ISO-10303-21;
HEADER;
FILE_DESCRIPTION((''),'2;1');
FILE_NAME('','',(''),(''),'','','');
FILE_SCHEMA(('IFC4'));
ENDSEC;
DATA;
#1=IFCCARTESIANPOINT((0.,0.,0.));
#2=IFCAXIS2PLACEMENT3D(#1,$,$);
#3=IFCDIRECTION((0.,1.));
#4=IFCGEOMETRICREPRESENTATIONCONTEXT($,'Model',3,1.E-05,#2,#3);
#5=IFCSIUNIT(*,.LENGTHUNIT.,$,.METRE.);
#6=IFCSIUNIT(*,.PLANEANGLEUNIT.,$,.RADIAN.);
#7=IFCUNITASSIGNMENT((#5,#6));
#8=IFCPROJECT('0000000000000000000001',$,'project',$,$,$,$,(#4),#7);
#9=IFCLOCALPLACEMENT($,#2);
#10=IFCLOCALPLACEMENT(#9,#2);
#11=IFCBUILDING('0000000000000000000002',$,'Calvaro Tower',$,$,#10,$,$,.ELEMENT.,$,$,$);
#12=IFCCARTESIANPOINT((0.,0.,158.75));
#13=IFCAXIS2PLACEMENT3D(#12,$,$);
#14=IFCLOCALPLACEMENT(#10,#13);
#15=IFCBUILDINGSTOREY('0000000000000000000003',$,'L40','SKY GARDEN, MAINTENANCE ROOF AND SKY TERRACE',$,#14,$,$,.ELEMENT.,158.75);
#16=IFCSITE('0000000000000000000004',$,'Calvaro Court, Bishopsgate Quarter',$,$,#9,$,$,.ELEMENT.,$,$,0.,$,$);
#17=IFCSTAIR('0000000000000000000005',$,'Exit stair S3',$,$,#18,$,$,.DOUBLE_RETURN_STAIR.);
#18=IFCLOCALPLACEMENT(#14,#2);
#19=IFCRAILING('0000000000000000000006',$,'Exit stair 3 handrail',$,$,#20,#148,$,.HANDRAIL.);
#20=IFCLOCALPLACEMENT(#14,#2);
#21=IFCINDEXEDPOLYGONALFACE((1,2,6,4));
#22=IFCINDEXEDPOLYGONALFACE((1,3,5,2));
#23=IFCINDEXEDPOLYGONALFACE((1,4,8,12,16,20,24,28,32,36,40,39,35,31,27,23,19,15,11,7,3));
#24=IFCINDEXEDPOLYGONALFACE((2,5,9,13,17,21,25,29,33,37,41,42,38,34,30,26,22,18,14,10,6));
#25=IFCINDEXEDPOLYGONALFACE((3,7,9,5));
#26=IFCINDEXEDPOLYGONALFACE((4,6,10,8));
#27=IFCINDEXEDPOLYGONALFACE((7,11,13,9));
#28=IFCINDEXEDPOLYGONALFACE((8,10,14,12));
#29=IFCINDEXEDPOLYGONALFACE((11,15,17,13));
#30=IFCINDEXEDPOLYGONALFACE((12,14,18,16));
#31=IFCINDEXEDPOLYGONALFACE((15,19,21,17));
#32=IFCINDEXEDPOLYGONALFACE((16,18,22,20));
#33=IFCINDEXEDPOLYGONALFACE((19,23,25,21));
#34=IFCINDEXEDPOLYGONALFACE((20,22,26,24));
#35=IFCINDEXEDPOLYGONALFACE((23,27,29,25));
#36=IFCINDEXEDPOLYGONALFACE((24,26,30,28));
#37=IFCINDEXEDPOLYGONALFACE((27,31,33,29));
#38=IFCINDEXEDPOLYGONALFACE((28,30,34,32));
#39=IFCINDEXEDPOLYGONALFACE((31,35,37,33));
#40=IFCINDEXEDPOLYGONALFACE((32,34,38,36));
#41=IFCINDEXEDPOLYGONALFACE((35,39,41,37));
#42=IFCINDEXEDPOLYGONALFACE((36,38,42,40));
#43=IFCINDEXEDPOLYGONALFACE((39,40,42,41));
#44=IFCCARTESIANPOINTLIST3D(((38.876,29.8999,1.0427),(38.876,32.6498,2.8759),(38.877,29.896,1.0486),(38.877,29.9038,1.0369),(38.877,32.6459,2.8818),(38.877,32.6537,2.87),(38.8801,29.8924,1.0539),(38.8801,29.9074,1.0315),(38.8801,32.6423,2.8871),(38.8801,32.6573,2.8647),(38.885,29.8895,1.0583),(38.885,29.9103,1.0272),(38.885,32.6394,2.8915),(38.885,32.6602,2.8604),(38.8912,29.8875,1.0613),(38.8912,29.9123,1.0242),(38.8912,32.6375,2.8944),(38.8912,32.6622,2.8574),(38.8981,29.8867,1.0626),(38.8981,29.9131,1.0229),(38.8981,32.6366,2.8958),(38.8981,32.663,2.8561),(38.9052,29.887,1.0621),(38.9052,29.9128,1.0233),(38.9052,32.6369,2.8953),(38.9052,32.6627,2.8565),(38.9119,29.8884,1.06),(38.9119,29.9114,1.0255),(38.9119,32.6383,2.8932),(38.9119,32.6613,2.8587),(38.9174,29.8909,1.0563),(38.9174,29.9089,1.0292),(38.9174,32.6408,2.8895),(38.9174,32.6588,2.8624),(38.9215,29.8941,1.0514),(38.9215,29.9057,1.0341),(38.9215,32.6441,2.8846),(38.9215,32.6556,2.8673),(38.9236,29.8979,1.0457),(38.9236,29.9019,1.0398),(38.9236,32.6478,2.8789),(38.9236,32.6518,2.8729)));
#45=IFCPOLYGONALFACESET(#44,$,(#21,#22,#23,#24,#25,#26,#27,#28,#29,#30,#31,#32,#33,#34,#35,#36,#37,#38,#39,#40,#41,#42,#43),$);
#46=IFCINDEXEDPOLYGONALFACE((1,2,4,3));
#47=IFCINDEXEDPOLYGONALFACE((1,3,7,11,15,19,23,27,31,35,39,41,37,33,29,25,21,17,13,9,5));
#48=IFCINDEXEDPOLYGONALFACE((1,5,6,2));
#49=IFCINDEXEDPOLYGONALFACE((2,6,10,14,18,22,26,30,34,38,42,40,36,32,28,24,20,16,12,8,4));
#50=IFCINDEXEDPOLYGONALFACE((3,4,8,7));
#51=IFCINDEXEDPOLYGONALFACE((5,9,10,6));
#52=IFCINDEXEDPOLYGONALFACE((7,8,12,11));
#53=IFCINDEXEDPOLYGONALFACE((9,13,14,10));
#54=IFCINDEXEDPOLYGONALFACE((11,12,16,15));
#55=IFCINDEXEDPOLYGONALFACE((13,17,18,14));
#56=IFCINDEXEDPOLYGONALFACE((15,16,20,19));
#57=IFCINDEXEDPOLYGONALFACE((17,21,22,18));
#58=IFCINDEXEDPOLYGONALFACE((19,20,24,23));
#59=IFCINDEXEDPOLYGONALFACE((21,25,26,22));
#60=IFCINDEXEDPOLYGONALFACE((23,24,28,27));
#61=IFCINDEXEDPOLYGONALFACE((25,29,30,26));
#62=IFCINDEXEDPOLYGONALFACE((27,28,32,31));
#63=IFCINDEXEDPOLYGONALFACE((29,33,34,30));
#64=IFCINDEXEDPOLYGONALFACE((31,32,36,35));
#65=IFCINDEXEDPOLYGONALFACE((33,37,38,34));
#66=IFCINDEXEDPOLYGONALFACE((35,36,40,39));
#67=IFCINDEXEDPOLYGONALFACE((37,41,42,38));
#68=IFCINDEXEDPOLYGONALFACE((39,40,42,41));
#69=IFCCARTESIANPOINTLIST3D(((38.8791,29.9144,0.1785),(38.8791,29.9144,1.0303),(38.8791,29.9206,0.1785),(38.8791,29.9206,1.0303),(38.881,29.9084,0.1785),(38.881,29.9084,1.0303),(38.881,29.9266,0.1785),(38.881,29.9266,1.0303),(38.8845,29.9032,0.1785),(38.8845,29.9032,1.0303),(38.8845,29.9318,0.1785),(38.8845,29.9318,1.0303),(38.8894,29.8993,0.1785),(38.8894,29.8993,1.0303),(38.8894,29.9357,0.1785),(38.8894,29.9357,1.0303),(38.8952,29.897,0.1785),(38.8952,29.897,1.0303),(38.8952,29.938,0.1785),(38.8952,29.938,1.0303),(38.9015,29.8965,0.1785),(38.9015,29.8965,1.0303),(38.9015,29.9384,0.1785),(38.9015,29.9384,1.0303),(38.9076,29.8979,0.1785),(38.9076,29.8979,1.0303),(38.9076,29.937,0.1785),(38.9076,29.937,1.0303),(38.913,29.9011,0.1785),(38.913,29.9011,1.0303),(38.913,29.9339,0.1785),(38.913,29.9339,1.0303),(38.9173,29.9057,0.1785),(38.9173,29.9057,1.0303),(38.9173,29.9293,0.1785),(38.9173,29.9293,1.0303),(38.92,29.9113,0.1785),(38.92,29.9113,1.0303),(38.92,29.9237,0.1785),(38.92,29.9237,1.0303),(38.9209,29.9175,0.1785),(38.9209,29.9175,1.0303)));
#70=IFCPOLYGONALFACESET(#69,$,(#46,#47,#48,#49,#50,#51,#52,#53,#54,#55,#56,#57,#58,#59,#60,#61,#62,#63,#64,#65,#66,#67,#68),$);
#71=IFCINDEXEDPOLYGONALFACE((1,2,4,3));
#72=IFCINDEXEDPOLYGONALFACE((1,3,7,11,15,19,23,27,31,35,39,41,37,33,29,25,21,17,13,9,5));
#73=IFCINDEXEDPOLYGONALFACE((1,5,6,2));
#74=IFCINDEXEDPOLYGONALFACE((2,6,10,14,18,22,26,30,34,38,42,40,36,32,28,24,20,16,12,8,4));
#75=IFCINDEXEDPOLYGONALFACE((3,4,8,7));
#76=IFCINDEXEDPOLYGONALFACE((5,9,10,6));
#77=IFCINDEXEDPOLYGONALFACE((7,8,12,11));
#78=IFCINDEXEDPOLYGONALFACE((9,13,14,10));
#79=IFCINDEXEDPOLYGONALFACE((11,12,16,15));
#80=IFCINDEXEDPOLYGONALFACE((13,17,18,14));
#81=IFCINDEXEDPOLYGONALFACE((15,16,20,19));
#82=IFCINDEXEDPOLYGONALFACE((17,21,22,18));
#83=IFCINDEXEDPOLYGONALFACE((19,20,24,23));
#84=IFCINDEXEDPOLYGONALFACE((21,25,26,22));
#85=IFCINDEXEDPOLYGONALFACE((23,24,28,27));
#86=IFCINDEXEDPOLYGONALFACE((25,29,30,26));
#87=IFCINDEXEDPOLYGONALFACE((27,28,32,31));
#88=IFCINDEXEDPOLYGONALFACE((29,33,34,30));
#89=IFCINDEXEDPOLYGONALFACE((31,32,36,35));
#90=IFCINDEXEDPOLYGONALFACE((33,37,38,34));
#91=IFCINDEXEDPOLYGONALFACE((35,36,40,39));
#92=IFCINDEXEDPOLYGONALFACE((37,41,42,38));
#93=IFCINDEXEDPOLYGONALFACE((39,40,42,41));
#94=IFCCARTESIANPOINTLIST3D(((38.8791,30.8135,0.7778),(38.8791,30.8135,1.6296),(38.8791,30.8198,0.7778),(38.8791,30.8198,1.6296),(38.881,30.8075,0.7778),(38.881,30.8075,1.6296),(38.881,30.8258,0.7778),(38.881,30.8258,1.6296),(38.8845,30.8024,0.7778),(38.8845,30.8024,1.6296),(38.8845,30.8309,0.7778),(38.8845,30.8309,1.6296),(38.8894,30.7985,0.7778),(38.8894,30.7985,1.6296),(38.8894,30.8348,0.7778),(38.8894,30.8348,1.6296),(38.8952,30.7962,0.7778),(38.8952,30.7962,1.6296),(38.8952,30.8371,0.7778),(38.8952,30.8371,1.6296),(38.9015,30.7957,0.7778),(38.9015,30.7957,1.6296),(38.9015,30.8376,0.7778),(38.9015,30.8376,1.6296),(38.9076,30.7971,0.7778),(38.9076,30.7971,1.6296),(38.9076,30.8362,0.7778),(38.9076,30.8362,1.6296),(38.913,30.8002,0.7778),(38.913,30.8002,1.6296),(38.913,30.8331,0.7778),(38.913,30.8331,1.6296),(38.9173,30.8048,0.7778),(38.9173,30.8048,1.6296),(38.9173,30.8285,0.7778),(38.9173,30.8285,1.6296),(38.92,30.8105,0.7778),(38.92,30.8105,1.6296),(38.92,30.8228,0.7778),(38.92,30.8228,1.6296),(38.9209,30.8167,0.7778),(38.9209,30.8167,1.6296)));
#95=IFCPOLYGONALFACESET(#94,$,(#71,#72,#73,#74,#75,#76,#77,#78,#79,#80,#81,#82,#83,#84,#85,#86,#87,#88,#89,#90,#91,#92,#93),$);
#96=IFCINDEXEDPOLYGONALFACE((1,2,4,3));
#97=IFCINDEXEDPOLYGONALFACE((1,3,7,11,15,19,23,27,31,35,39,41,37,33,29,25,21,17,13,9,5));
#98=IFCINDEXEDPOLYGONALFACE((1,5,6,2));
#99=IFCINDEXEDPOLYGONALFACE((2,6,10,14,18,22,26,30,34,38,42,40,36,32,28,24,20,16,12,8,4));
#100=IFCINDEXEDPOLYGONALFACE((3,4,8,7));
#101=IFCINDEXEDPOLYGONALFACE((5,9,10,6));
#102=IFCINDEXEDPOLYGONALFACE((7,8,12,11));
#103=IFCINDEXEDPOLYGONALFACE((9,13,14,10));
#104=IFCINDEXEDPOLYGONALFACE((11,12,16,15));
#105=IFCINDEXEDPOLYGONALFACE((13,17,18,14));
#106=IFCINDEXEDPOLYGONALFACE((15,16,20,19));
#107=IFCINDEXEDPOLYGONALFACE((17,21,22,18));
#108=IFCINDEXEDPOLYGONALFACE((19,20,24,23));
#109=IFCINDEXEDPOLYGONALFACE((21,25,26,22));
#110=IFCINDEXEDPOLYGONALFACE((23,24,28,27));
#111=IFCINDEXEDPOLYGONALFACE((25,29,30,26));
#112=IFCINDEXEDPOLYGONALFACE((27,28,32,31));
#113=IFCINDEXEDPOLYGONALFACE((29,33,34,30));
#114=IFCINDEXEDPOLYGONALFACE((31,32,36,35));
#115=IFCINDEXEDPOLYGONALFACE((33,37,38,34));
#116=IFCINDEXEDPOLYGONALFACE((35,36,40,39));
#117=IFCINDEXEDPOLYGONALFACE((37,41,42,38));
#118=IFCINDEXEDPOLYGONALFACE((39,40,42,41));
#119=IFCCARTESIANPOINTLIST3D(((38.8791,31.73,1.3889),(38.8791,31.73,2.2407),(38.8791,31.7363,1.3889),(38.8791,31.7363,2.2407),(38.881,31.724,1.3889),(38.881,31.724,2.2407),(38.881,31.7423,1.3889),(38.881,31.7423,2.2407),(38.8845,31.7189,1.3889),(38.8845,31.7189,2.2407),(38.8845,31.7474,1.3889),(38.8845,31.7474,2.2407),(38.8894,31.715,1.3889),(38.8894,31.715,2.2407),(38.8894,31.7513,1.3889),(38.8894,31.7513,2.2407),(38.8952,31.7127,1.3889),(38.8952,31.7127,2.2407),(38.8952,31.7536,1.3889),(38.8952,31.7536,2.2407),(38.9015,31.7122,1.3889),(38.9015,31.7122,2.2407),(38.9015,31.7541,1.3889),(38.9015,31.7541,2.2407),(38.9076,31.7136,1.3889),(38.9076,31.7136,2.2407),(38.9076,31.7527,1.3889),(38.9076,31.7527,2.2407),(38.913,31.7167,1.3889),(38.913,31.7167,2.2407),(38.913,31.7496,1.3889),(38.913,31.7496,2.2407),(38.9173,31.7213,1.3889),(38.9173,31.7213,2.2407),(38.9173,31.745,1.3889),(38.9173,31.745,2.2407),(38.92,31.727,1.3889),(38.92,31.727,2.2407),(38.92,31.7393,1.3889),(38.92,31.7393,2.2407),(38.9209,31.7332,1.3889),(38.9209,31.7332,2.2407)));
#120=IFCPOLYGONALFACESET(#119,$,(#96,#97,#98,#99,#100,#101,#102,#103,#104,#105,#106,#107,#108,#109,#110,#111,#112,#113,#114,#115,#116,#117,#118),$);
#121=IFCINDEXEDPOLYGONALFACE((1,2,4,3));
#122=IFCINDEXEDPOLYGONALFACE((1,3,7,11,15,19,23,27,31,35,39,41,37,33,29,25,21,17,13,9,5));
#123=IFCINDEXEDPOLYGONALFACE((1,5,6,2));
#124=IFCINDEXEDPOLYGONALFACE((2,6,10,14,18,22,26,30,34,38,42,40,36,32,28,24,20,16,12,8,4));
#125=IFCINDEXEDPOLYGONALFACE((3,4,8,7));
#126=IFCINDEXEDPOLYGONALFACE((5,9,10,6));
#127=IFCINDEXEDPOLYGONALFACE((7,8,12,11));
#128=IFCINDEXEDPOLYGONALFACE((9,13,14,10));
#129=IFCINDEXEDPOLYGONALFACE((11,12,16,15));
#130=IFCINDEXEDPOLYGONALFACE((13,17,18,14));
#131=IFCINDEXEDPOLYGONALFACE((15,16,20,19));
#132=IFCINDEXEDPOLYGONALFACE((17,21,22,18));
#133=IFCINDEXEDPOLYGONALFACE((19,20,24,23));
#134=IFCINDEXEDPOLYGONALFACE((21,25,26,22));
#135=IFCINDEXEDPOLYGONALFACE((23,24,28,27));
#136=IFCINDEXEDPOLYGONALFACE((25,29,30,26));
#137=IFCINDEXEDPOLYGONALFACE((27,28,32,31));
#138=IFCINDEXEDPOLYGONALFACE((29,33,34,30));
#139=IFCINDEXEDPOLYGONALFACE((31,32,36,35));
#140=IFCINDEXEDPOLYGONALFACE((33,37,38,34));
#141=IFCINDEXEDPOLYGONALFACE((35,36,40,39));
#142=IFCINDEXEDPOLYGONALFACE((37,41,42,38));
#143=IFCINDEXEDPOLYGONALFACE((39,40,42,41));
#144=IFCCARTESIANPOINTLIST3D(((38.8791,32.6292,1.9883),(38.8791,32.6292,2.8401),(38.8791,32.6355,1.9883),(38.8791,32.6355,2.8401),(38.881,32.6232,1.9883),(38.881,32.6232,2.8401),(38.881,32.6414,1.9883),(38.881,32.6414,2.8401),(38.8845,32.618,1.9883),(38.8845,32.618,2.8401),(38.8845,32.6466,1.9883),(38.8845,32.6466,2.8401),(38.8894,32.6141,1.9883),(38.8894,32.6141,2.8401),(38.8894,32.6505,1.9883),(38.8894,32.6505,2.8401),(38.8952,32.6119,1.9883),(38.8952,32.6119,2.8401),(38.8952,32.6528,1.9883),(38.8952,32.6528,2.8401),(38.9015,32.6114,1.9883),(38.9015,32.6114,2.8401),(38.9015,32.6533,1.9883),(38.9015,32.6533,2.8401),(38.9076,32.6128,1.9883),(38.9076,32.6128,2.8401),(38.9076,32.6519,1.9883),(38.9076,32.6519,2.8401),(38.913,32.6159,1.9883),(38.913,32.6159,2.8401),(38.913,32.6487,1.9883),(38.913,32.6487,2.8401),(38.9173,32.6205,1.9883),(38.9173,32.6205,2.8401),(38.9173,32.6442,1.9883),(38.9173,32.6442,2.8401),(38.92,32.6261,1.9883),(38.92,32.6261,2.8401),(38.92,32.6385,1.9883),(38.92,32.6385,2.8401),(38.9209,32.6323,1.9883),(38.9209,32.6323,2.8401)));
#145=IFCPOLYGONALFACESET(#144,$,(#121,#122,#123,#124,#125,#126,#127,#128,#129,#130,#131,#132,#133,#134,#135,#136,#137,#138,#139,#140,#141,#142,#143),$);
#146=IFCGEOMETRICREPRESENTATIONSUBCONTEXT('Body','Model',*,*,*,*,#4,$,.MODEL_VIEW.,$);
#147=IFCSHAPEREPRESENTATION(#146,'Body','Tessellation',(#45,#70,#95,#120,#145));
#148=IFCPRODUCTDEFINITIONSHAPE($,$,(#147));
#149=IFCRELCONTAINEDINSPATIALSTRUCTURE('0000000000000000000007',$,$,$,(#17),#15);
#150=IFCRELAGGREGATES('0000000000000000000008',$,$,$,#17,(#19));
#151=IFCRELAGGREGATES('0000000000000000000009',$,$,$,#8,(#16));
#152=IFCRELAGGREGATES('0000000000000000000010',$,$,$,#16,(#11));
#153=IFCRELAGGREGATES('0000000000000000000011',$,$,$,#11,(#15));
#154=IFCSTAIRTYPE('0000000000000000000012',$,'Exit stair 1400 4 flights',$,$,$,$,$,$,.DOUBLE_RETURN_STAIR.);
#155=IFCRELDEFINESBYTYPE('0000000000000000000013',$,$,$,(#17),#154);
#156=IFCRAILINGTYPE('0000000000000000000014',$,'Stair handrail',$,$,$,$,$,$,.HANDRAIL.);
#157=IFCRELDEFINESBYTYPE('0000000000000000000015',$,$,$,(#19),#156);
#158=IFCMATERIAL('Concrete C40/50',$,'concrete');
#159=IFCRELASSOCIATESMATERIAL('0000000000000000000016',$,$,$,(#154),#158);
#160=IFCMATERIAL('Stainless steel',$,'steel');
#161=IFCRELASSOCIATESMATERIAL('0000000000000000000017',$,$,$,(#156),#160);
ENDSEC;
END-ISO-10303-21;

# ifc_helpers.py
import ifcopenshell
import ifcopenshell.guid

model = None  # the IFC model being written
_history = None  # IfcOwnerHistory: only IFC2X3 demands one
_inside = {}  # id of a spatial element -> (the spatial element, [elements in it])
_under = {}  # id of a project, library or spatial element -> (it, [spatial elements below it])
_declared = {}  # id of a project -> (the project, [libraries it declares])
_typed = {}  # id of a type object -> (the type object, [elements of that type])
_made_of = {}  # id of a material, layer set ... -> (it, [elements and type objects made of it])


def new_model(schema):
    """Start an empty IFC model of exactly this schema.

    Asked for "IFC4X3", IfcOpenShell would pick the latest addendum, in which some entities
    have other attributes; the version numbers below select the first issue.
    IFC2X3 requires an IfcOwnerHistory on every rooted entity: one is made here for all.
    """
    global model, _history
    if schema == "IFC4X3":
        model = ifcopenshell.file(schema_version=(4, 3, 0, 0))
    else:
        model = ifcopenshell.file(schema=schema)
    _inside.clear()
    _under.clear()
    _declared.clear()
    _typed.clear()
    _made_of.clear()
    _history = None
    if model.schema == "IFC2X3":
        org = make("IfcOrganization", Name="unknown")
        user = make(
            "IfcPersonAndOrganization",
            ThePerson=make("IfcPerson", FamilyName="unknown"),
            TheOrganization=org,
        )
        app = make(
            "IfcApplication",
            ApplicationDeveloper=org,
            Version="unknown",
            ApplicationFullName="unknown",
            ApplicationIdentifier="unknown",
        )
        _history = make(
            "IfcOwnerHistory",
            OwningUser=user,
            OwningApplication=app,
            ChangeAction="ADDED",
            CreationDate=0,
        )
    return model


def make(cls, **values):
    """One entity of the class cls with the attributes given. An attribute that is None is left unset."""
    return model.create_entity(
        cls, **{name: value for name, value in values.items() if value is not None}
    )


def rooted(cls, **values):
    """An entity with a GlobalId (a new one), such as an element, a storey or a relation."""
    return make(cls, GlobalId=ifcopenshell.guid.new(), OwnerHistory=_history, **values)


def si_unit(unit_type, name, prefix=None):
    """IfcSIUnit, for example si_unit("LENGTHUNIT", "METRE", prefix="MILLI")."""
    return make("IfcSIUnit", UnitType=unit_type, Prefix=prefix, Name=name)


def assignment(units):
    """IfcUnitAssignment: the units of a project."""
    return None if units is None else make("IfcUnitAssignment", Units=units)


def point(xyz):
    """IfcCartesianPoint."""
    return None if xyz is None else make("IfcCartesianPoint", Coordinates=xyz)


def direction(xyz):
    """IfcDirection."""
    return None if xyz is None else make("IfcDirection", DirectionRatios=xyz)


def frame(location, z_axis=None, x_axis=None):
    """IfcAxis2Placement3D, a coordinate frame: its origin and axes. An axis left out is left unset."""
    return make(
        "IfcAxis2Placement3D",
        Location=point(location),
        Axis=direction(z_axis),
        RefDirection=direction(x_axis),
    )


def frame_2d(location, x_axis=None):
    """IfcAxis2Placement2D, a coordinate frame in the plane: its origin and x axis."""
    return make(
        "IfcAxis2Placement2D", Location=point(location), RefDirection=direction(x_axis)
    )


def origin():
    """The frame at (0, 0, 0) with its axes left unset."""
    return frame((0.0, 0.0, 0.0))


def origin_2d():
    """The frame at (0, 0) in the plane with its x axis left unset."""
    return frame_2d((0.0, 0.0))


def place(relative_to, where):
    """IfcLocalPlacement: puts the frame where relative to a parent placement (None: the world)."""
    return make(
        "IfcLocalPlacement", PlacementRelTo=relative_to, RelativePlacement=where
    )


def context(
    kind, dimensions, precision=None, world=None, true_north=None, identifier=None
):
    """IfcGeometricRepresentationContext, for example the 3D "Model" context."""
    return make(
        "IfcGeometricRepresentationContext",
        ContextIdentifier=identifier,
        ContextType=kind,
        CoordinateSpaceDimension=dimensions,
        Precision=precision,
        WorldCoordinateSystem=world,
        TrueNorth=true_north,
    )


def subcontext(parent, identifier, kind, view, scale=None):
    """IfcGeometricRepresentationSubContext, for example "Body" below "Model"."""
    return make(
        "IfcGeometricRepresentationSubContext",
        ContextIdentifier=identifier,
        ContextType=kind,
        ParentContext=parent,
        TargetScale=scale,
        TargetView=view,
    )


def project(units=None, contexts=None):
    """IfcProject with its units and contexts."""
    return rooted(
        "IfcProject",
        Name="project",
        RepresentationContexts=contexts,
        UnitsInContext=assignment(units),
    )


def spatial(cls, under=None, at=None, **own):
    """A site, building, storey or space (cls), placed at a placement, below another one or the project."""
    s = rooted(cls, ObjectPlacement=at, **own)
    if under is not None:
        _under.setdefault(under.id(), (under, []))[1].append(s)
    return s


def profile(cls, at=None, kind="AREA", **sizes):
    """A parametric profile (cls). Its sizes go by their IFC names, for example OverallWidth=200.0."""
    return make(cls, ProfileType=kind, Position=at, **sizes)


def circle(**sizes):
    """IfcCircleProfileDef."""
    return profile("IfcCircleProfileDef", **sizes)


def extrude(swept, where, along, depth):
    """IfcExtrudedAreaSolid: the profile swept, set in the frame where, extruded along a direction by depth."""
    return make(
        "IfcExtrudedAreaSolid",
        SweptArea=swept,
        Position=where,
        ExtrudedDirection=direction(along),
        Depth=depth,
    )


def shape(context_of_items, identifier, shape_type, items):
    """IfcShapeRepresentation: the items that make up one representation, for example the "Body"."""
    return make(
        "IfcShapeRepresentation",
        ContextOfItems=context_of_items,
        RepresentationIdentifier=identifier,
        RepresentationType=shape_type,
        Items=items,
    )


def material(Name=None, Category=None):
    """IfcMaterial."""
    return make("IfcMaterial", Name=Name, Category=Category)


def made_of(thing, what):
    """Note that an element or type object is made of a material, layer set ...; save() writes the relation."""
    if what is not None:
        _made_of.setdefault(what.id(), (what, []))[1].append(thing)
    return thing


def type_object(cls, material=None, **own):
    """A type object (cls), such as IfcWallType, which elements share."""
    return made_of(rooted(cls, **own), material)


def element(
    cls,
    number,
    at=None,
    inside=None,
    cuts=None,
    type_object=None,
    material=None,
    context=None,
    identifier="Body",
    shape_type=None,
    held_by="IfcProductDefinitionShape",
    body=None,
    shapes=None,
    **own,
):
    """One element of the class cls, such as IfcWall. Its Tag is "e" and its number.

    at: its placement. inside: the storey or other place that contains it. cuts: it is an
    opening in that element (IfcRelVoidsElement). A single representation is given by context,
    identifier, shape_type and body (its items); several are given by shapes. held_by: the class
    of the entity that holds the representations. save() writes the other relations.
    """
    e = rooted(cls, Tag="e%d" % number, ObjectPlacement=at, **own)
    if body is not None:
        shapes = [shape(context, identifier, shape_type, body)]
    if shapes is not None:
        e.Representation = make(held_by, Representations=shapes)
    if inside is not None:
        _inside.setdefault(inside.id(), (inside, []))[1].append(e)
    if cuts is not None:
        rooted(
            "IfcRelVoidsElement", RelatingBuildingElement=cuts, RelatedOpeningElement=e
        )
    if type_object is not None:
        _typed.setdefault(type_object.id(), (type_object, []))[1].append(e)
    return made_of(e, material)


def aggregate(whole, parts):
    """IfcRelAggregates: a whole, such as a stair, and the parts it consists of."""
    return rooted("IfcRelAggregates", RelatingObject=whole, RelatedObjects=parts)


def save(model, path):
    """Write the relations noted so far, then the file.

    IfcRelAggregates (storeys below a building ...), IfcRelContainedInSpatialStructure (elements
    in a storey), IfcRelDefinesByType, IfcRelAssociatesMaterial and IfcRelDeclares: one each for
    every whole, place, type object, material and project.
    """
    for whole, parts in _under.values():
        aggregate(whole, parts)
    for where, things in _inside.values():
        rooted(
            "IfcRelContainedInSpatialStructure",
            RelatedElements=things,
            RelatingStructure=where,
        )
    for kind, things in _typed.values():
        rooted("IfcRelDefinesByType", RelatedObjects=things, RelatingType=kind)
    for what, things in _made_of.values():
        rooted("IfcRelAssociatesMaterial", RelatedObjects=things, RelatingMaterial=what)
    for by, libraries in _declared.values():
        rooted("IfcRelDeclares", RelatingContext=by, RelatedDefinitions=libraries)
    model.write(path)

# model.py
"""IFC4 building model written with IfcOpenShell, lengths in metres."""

from ifc_helpers import new_model, si_unit, direction, frame, origin, origin_2d, place, context, subcontext, project, spatial, circle, extrude, material, type_object, element, aggregate, save


model = new_model("IFC4")

# Units and contexts
model_context = context("Model", 3, precision=1e-05, world=origin(), true_north=direction((0.0, 1.0)))
body_context = subcontext(model_context, "Body", "Model", "MODEL_VIEW")
ifc_project = project(units=[si_unit("LENGTHUNIT", "METRE"), si_unit("PLANEANGLEUNIT", "RADIAN")], contexts=[model_context])

# Site, building, storey
site_placement = place(None, origin())
site = spatial("IfcSite", under=ifc_project, at=site_placement, Name="Calvaro Court, Bishopsgate Quarter", CompositionType="ELEMENT", RefElevation=0.0)
building_placement = place(site_placement, origin())
building = spatial("IfcBuilding", under=site, at=building_placement, Name="Calvaro Tower", CompositionType="ELEMENT")
storey_placement = place(building_placement, frame((0.0, 0.0, 158.75)))
storey = spatial("IfcBuildingStorey", under=building, at=storey_placement, Name="L40", Description="SKY GARDEN, MAINTENANCE ROOF AND SKY TERRACE", CompositionType="ELEMENT", Elevation=158.75)

# Stair, railing
ifc_material_1 = material(Name="Concrete C40/50", Category="concrete")
stair_type = type_object("IfcStairType", Name="Exit stair 1400 4 flights", PredefinedType="DOUBLE_RETURN_STAIR", material=ifc_material_1)
stair_placement = place(storey_placement, origin())
stair = element("IfcStair", 1, at=stair_placement, inside=storey, type_object=stair_type, Name="Exit stair S3", PredefinedType="DOUBLE_RETURN_STAIR")
ifc_material_2 = material(Name="Stainless steel", Category="steel")
railing_type = type_object("IfcRailingType", Name="Stair handrail", PredefinedType="HANDRAIL", material=ifc_material_2)
railing_1_placement = place(storey_placement, frame((38.8999, 29.8999, 0.1667)))
railing_1 = element("IfcRailing", 2, at=railing_1_placement, type_object=railing_type, Name="Exit stair 3 handrail", PredefinedType="HANDRAIL", context=body_context, shape_type="SweptSolid", body=[
    extrude(circle(Radius=0.0239, at=origin_2d()), frame((0.0, 0.0, 0.876), z_axis=(0.0, 0.832062, 0.554683), x_axis=(-1.0, 0.0, 0.0)), (0.0, 0.0, 1.0), 3.3049),
    extrude(circle(Radius=0.021, at=origin_2d()), frame((0.0, 0.0176, 0.0117)), (0.0, 0.0, 1.0), 0.8518),
    extrude(circle(Radius=0.021, at=origin_2d()), frame((0.0, 0.9167, 0.6111)), (0.0, 0.0, 1.0), 0.8518),
    extrude(circle(Radius=0.021, at=origin_2d()), frame((0.0, 1.8333, 1.2222)), (0.0, 0.0, 1.0), 0.8518),
    extrude(circle(Radius=0.021, at=origin_2d()), frame((0.0, 2.7324, 1.8215)), (0.0, 0.0, 1.0), 0.8518),
])
aggregate(stair, [railing_1])

save(model, "model.ifc")
